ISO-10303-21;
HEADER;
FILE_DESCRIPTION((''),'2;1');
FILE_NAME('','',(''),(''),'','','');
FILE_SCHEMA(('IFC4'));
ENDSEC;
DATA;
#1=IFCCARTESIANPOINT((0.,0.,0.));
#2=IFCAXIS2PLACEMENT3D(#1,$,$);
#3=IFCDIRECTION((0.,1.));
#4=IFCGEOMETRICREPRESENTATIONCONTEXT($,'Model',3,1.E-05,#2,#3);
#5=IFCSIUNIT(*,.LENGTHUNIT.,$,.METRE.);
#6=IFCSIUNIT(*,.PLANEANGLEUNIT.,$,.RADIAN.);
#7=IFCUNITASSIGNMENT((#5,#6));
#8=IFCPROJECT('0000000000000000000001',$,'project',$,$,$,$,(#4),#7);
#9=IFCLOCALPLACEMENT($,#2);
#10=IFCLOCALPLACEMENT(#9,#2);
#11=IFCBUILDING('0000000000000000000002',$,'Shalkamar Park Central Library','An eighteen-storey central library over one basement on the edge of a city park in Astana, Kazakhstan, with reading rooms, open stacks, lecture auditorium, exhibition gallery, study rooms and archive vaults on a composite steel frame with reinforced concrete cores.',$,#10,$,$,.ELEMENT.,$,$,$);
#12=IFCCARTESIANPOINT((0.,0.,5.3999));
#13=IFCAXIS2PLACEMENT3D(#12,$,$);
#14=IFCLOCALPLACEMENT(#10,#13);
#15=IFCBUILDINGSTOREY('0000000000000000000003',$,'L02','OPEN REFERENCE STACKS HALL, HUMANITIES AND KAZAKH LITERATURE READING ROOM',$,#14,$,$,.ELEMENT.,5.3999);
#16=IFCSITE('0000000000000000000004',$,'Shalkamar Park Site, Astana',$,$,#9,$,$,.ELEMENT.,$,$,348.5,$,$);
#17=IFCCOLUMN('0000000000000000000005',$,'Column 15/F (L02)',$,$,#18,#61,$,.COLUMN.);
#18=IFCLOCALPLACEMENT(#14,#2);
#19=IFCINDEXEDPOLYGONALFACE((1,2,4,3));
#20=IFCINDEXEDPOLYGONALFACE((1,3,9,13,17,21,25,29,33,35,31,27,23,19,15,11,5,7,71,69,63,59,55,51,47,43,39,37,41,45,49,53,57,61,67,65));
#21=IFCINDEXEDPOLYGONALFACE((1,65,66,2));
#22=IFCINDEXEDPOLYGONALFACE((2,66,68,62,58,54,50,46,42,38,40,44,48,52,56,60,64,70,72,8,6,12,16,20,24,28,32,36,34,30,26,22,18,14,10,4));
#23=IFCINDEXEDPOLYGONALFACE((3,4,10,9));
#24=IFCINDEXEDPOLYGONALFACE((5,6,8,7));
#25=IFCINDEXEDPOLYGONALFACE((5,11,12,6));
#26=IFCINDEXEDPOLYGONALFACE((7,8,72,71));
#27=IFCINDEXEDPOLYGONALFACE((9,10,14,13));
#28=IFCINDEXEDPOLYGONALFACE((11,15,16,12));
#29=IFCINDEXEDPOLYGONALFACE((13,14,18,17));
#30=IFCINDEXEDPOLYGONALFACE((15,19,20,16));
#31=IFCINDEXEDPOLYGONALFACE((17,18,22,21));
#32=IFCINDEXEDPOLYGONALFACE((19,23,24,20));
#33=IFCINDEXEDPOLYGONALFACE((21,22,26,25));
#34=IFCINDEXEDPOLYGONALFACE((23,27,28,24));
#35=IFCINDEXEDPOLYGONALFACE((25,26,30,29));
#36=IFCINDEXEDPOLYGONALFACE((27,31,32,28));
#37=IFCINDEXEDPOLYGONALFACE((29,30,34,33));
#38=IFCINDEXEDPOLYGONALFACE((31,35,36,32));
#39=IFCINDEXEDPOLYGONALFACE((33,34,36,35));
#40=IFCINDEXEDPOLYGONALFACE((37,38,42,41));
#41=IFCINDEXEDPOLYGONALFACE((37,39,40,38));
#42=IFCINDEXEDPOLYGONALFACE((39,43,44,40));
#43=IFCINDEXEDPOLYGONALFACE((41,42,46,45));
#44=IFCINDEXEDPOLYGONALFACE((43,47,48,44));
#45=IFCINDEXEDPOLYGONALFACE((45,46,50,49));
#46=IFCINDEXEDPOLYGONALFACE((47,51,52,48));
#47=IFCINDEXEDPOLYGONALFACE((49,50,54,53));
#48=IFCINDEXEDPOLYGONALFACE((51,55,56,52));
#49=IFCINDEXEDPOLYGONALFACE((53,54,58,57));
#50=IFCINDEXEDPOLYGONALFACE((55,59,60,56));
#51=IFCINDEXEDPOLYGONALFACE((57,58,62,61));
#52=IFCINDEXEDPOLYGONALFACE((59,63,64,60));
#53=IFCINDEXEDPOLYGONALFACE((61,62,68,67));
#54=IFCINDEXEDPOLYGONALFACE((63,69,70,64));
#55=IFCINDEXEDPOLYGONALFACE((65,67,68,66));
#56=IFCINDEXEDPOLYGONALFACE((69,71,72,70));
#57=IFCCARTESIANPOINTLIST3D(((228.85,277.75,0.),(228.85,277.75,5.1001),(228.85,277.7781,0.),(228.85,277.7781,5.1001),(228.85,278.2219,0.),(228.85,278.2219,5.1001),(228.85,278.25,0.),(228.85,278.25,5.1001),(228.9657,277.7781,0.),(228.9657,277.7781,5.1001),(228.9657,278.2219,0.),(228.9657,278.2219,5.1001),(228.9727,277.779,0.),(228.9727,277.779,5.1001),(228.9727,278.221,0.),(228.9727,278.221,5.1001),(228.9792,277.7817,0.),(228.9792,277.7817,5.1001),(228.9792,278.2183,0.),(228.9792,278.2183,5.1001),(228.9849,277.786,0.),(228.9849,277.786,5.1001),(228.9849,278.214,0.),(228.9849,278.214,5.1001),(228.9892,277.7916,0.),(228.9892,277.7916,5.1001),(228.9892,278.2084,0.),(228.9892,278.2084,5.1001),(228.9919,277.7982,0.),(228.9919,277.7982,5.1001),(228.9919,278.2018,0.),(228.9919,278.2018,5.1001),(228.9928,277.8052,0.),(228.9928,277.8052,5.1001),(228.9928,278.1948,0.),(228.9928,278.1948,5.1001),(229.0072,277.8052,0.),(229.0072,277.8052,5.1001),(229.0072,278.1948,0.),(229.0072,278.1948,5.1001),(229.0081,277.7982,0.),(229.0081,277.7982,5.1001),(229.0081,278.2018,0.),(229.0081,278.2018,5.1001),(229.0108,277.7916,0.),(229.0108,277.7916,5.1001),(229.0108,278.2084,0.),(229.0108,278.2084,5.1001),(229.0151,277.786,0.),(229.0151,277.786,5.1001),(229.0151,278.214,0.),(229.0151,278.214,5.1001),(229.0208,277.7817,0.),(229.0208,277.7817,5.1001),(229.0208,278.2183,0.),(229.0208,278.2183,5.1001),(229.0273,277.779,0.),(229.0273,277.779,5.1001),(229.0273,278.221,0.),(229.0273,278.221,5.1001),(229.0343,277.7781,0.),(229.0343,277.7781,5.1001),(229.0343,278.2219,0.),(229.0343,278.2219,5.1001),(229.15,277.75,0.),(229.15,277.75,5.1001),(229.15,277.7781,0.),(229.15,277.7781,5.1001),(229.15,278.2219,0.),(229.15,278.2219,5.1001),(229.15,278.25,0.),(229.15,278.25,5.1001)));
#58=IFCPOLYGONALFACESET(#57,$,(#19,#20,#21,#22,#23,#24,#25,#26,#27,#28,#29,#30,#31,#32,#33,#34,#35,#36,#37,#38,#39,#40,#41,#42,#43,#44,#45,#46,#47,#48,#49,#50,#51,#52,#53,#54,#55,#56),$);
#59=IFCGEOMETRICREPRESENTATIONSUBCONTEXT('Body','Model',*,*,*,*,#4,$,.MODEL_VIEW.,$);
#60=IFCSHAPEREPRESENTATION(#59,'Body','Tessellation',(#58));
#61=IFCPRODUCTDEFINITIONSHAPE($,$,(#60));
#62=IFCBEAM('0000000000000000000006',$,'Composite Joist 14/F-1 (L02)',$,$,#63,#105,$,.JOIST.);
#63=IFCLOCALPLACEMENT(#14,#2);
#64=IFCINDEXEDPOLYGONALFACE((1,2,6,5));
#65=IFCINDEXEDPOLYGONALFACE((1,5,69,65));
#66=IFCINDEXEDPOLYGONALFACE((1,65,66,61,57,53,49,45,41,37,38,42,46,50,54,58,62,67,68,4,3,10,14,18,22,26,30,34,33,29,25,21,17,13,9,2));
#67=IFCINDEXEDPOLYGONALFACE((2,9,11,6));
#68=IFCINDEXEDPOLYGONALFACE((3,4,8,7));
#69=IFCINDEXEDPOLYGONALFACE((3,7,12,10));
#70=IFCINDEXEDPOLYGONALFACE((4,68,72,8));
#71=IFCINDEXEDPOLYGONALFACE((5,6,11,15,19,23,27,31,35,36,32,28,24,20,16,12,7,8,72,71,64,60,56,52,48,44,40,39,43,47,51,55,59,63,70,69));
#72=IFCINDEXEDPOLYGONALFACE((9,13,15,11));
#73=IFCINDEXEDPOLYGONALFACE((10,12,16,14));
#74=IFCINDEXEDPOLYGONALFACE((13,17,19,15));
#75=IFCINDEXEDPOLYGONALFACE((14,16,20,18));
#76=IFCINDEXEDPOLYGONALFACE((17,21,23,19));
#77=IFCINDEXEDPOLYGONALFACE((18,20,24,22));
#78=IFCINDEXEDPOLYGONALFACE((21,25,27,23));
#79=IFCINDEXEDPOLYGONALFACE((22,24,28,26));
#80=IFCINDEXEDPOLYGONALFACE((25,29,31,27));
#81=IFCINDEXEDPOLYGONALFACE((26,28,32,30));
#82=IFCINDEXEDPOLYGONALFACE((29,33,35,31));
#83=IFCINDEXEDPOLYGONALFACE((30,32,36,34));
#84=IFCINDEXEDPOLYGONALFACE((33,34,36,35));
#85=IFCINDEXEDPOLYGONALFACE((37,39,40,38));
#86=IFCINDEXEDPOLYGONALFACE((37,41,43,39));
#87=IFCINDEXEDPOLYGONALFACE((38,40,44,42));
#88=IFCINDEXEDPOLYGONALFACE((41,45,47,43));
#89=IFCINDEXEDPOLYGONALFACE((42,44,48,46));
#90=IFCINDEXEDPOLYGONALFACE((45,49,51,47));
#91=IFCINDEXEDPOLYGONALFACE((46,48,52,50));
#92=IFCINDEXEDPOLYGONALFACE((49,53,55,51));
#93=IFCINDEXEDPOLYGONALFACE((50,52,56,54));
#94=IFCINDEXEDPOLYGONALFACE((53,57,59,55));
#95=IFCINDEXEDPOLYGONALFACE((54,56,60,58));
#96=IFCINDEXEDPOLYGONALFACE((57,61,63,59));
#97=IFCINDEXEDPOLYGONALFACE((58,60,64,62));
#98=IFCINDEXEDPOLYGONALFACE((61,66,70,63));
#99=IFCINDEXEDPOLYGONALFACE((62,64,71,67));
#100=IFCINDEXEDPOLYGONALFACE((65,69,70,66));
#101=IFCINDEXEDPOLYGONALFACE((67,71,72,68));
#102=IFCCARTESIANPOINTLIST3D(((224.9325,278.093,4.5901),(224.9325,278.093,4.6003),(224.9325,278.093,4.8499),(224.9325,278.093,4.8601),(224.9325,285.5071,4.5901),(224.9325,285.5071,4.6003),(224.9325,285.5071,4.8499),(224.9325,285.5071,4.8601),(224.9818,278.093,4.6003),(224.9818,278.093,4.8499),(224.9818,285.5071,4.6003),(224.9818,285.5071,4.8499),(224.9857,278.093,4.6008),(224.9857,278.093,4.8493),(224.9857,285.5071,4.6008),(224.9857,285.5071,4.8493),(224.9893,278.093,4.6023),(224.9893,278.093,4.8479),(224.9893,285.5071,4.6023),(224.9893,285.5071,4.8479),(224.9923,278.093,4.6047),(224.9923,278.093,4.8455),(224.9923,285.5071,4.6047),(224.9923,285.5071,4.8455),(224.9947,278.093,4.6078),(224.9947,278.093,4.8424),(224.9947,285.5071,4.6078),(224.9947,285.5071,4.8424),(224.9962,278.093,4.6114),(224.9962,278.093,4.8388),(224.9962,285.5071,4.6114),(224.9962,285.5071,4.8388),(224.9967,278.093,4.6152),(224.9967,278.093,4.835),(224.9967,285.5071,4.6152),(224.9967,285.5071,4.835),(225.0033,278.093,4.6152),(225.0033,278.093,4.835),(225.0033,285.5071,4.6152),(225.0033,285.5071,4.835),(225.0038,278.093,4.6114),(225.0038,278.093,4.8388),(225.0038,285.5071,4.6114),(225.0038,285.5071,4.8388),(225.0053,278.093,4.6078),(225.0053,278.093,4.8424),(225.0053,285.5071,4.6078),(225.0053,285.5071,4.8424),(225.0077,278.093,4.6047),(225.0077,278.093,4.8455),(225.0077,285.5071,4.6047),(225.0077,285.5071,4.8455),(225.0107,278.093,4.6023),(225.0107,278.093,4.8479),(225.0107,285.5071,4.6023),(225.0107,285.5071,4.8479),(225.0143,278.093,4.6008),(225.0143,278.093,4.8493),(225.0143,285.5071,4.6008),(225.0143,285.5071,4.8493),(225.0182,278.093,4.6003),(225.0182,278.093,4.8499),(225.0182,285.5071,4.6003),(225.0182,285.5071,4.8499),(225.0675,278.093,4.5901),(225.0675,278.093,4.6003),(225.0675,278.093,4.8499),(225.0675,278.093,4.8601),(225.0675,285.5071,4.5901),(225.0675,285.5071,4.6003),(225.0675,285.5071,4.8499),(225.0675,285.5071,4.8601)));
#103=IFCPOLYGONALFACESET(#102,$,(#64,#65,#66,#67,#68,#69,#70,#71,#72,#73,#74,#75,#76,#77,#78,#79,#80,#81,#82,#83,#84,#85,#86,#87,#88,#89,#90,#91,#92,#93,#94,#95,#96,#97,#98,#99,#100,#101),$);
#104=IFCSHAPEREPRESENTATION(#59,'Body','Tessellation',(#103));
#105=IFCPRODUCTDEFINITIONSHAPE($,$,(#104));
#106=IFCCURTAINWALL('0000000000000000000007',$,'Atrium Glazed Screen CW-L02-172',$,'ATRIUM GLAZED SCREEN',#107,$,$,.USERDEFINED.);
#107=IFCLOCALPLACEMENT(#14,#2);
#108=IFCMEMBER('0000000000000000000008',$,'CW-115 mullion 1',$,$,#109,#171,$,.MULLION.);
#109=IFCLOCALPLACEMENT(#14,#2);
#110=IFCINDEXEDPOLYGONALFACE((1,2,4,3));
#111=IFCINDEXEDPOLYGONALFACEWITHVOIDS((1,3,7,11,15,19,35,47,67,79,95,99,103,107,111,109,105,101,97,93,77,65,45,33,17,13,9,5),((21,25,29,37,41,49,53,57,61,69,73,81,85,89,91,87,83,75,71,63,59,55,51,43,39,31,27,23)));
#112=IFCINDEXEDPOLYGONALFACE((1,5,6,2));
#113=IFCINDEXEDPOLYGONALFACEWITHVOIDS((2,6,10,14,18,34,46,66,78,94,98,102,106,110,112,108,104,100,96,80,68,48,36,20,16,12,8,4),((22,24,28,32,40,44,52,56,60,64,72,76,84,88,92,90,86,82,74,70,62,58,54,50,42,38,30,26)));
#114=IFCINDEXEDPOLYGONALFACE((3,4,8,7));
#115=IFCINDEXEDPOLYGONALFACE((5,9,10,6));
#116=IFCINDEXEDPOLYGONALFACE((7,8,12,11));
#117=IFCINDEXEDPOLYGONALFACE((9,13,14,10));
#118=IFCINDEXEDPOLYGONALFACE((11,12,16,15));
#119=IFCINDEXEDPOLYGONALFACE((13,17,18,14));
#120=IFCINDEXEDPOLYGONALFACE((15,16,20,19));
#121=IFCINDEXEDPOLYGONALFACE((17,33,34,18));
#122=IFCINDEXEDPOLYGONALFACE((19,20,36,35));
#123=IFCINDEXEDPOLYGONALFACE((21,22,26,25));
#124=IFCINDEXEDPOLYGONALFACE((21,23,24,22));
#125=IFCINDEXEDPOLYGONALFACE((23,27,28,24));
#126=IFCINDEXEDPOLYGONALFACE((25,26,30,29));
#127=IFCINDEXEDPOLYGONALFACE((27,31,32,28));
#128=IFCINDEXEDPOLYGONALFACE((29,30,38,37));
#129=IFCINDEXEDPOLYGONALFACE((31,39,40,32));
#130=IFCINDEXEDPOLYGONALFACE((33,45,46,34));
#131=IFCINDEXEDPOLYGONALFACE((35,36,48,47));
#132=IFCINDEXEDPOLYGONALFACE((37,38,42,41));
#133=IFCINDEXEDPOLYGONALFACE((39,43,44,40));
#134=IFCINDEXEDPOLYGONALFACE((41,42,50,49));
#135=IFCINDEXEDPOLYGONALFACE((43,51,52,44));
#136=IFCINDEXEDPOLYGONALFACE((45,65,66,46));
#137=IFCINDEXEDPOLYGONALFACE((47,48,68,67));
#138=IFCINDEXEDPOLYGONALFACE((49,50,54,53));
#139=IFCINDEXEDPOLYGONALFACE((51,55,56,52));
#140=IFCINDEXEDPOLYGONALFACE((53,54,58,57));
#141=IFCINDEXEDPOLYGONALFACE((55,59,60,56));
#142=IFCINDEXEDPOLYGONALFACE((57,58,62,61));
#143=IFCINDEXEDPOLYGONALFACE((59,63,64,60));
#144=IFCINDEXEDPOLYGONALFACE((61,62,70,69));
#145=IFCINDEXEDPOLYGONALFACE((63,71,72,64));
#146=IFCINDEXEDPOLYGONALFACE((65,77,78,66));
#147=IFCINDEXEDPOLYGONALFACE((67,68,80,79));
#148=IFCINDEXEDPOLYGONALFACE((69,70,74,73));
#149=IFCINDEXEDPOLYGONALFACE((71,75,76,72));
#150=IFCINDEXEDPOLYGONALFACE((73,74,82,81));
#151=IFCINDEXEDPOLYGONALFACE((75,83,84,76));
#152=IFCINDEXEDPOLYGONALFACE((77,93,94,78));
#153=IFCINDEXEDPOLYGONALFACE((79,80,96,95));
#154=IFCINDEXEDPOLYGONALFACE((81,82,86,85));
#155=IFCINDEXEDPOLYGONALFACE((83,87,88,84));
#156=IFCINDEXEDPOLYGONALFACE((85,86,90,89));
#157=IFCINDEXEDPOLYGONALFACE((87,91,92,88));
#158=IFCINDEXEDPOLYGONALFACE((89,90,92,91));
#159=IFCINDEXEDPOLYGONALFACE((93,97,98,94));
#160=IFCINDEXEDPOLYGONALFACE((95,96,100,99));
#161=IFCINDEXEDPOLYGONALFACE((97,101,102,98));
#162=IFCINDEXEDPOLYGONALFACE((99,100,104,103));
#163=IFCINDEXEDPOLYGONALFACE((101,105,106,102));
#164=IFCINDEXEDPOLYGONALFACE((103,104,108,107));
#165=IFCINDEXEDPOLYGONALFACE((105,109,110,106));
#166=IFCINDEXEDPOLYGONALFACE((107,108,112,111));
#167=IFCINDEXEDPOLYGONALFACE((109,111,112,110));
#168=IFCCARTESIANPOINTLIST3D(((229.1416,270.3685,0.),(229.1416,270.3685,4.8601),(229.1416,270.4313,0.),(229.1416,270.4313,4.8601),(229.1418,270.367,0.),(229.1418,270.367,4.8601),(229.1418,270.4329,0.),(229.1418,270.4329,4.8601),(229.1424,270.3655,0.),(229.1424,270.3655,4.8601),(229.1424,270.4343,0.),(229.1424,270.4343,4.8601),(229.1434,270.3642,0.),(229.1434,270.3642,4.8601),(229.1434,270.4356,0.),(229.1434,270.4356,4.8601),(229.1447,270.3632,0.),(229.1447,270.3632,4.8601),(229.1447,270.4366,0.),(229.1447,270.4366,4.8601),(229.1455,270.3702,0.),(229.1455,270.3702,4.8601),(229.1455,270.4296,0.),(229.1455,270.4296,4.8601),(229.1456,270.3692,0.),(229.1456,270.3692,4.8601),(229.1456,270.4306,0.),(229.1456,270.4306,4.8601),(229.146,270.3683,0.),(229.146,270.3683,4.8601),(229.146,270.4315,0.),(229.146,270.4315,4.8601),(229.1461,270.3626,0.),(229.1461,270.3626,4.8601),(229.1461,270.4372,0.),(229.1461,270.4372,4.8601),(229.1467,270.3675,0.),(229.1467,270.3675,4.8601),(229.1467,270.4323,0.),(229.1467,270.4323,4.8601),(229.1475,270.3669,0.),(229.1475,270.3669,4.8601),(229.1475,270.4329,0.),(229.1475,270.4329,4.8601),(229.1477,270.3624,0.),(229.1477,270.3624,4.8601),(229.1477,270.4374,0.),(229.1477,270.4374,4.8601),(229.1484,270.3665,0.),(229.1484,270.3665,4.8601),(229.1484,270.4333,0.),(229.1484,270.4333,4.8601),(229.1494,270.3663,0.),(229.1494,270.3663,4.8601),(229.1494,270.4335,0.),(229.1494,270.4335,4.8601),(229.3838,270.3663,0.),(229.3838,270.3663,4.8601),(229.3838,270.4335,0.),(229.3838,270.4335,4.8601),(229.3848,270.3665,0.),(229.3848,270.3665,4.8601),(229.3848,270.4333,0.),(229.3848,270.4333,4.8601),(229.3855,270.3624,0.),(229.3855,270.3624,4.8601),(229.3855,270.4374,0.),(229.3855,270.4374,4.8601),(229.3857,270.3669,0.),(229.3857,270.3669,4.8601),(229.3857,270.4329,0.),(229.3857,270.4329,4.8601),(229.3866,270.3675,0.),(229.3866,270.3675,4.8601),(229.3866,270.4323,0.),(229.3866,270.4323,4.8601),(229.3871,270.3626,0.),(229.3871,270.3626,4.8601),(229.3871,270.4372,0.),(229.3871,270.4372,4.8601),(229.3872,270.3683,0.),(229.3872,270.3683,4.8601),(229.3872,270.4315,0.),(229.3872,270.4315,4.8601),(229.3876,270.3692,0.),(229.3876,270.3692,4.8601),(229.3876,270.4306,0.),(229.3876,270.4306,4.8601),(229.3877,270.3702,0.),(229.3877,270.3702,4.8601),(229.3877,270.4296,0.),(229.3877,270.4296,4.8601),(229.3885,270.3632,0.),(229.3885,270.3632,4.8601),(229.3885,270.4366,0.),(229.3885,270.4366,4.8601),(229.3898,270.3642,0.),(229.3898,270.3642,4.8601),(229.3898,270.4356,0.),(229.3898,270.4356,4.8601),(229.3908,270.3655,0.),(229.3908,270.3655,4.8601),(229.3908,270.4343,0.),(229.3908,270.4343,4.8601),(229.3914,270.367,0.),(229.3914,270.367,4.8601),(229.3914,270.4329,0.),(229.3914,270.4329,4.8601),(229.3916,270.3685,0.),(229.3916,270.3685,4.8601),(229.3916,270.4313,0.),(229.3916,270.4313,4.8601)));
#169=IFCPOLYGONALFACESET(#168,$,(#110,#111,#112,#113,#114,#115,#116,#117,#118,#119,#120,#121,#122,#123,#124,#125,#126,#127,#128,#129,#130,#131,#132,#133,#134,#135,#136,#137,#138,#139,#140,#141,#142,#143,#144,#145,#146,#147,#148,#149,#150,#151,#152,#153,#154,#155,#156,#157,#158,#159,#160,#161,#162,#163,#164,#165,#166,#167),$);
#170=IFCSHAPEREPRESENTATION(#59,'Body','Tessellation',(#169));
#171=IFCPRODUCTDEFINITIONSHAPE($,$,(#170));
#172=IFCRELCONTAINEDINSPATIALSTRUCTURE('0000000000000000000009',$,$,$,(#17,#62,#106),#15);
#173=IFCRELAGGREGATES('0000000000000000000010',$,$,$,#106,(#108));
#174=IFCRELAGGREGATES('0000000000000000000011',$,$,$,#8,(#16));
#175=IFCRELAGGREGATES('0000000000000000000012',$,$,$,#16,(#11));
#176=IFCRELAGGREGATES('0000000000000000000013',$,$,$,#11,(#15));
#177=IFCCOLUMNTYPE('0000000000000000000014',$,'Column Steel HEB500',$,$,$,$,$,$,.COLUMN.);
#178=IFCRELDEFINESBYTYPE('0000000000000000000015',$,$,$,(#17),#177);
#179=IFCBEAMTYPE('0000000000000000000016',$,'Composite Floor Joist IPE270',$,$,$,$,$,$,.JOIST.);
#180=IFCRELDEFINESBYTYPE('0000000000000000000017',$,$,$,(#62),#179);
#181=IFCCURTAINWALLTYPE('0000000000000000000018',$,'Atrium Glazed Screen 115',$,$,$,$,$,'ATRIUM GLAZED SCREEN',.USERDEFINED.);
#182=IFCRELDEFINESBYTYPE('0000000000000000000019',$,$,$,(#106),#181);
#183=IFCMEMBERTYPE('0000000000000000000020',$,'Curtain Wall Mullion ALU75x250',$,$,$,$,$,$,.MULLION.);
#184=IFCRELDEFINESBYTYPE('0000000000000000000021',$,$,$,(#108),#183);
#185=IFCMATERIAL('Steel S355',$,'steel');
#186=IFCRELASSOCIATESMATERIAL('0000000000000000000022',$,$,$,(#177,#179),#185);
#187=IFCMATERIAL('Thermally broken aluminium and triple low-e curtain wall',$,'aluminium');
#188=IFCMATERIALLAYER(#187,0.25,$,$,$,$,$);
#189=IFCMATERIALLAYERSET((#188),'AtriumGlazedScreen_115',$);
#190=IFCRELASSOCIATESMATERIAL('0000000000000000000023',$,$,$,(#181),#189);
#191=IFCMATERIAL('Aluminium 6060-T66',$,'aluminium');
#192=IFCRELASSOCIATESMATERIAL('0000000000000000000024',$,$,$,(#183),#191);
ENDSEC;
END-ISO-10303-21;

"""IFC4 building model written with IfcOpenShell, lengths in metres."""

from ifc_helpers import new_model, si_unit, direction, frame, origin, origin_2d, place, context, subcontext, project, spatial, hollow_rectangle, i_section, extrude, material, layer, layer_set, material_profile, profile_set, type_object, element, aggregate, save


model = new_model("IFC4")

# Units and contexts
model_context = context("Model", 3, precision=1e-05, world=origin(), true_north=direction((0.0, 1.0)))
body_context = subcontext(model_context, "Body", "Model", "MODEL_VIEW")
ifc_project = project(units=[si_unit("LENGTHUNIT", "METRE"), si_unit("PLANEANGLEUNIT", "RADIAN")], contexts=[model_context])

# Site, building, storey
site_placement = place(None, origin())
site = spatial("IfcSite", under=ifc_project, at=site_placement, Name="Shalkamar Park Site, Astana", CompositionType="ELEMENT", RefElevation=348.5)
building_placement = place(site_placement, origin())
building = spatial("IfcBuilding", under=site, at=building_placement, Name="Shalkamar Park Central Library", Description="An eighteen-storey central library over one basement on the edge of a city park in Astana, Kazakhstan, with reading rooms, open stacks, lecture auditorium, exhibition gallery, study rooms and archive vaults on a composite steel frame with reinforced concrete cores.", CompositionType="ELEMENT")
storey_placement = place(building_placement, frame((0.0, 0.0, 5.3999)))
storey = spatial("IfcBuildingStorey", under=building, at=storey_placement, Name="L02", Description="OPEN REFERENCE STACKS HALL, HUMANITIES AND KAZAKH LITERATURE READING ROOM", CompositionType="ELEMENT", Elevation=5.3999)

# Column
ifc_material_1 = material(Name="Steel S355", Category="steel")
ifc_material_profile_1 = material_profile(ifc_material_1, i_section(OverallWidth=0.3, OverallDepth=0.5, WebThickness=0.0144, FlangeThickness=0.0281, FilletRadius=0.0271, at=origin_2d()), Name="HEB 500")
ifc_profile_set_1 = profile_set([ifc_material_profile_1], Name="Steel S355")
column_type = type_object("IfcColumnType", Name="Column Steel HEB500", PredefinedType="COLUMN", material=ifc_profile_set_1)
column_placement = place(storey_placement, frame((229.0, 278.0, 0.0), z_axis=(0.0, 0.0, 1.0), x_axis=(1.0, 0.0, 0.0)))
element("IfcColumn", 1, at=column_placement, inside=storey, type_object=column_type, Name="Column 15/F (L02)", PredefinedType="COLUMN", context=body_context, shape_type="SweptSolid", body=[
    extrude(i_section(OverallWidth=0.3, OverallDepth=0.5, WebThickness=0.0144, FlangeThickness=0.0281, FilletRadius=0.0271, at=origin_2d()), origin(), (0.0, 0.0, 1.0), 5.1001),
])

# Beam
ifc_material_profile_2 = material_profile(ifc_material_1, i_section(OverallWidth=0.135, OverallDepth=0.27, WebThickness=0.0066, FlangeThickness=0.0103, FilletRadius=0.0149, at=origin_2d()), Name="IPE 270")
ifc_profile_set_2 = profile_set([ifc_material_profile_2], Name="Steel S355")
beam_type_1 = type_object("IfcBeamType", Name="Composite Floor Joist IPE270", PredefinedType="JOIST", material=ifc_profile_set_2)
beam_1_placement = place(storey_placement, frame((225.0, 278.093, 4.7251), z_axis=(0.0, 1.0, 0.0), x_axis=(-1.0, 0.0, 0.0)))
element("IfcBeam", 2, at=beam_1_placement, inside=storey, type_object=beam_type_1, Name="Composite Joist 14/F-1 (L02)", PredefinedType="JOIST", context=body_context, shape_type="SweptSolid", body=[
    extrude(i_section(OverallWidth=0.135, OverallDepth=0.27, WebThickness=0.0066, FlangeThickness=0.0103, FilletRadius=0.0149, at=origin_2d()), origin(), (0.0, 0.0, 1.0), 7.4141),
])

# Curtain wall, member
ifc_material_2 = material(Name="Thermally broken aluminium and triple low-e curtain wall", Category="aluminium")
ifc_layer_1 = layer(ifc_material_2, 0.25)
ifc_layer_set_1 = layer_set([ifc_layer_1], Name="AtriumGlazedScreen_115")
curtain_wall_type_1 = type_object("IfcCurtainWallType", Name="Atrium Glazed Screen 115", ElementType="ATRIUM GLAZED SCREEN", PredefinedType="USERDEFINED", material=ifc_layer_set_1)
curtain_wall_1_placement = place(storey_placement, origin())
curtain_wall_1 = element("IfcCurtainWall", 3, at=curtain_wall_1_placement, inside=storey, type_object=curtain_wall_type_1, Name="Atrium Glazed Screen CW-L02-172", ObjectType="ATRIUM GLAZED SCREEN", PredefinedType="USERDEFINED")
ifc_material_3 = material(Name="Aluminium 6060-T66", Category="aluminium")
ifc_material_profile_3 = material_profile(ifc_material_3, hollow_rectangle(XDim=0.075, YDim=0.25, WallThickness=0.0039, InnerFilletRadius=0.0039, OuterFilletRadius=0.0061, at=origin_2d()), Name="ALU 75x250x4")
ifc_profile_set_3 = profile_set([ifc_material_profile_3], Name="Aluminium 6060-T66")
member_type_1 = type_object("IfcMemberType", Name="Curtain Wall Mullion ALU75x250", PredefinedType="MULLION", material=ifc_profile_set_3)
member_1_placement = place(storey_placement, frame((229.2666, 270.3999, 0.0), z_axis=(0.0, 0.0, 1.0), x_axis=(0.0, 1.0, 0.0)))
member_1 = element("IfcMember", 4, at=member_1_placement, type_object=member_type_1, Name="CW-115 mullion 1", PredefinedType="MULLION", context=body_context, shape_type="SweptSolid", body=[
    extrude(hollow_rectangle(XDim=0.075, YDim=0.25, WallThickness=0.0039, InnerFilletRadius=0.0039, OuterFilletRadius=0.0061, at=origin_2d()), origin(), (0.0, 0.0, 1.0), 4.8601),
])

aggregate(curtain_wall_1, [member_1])

save(model, "model.ifc")
